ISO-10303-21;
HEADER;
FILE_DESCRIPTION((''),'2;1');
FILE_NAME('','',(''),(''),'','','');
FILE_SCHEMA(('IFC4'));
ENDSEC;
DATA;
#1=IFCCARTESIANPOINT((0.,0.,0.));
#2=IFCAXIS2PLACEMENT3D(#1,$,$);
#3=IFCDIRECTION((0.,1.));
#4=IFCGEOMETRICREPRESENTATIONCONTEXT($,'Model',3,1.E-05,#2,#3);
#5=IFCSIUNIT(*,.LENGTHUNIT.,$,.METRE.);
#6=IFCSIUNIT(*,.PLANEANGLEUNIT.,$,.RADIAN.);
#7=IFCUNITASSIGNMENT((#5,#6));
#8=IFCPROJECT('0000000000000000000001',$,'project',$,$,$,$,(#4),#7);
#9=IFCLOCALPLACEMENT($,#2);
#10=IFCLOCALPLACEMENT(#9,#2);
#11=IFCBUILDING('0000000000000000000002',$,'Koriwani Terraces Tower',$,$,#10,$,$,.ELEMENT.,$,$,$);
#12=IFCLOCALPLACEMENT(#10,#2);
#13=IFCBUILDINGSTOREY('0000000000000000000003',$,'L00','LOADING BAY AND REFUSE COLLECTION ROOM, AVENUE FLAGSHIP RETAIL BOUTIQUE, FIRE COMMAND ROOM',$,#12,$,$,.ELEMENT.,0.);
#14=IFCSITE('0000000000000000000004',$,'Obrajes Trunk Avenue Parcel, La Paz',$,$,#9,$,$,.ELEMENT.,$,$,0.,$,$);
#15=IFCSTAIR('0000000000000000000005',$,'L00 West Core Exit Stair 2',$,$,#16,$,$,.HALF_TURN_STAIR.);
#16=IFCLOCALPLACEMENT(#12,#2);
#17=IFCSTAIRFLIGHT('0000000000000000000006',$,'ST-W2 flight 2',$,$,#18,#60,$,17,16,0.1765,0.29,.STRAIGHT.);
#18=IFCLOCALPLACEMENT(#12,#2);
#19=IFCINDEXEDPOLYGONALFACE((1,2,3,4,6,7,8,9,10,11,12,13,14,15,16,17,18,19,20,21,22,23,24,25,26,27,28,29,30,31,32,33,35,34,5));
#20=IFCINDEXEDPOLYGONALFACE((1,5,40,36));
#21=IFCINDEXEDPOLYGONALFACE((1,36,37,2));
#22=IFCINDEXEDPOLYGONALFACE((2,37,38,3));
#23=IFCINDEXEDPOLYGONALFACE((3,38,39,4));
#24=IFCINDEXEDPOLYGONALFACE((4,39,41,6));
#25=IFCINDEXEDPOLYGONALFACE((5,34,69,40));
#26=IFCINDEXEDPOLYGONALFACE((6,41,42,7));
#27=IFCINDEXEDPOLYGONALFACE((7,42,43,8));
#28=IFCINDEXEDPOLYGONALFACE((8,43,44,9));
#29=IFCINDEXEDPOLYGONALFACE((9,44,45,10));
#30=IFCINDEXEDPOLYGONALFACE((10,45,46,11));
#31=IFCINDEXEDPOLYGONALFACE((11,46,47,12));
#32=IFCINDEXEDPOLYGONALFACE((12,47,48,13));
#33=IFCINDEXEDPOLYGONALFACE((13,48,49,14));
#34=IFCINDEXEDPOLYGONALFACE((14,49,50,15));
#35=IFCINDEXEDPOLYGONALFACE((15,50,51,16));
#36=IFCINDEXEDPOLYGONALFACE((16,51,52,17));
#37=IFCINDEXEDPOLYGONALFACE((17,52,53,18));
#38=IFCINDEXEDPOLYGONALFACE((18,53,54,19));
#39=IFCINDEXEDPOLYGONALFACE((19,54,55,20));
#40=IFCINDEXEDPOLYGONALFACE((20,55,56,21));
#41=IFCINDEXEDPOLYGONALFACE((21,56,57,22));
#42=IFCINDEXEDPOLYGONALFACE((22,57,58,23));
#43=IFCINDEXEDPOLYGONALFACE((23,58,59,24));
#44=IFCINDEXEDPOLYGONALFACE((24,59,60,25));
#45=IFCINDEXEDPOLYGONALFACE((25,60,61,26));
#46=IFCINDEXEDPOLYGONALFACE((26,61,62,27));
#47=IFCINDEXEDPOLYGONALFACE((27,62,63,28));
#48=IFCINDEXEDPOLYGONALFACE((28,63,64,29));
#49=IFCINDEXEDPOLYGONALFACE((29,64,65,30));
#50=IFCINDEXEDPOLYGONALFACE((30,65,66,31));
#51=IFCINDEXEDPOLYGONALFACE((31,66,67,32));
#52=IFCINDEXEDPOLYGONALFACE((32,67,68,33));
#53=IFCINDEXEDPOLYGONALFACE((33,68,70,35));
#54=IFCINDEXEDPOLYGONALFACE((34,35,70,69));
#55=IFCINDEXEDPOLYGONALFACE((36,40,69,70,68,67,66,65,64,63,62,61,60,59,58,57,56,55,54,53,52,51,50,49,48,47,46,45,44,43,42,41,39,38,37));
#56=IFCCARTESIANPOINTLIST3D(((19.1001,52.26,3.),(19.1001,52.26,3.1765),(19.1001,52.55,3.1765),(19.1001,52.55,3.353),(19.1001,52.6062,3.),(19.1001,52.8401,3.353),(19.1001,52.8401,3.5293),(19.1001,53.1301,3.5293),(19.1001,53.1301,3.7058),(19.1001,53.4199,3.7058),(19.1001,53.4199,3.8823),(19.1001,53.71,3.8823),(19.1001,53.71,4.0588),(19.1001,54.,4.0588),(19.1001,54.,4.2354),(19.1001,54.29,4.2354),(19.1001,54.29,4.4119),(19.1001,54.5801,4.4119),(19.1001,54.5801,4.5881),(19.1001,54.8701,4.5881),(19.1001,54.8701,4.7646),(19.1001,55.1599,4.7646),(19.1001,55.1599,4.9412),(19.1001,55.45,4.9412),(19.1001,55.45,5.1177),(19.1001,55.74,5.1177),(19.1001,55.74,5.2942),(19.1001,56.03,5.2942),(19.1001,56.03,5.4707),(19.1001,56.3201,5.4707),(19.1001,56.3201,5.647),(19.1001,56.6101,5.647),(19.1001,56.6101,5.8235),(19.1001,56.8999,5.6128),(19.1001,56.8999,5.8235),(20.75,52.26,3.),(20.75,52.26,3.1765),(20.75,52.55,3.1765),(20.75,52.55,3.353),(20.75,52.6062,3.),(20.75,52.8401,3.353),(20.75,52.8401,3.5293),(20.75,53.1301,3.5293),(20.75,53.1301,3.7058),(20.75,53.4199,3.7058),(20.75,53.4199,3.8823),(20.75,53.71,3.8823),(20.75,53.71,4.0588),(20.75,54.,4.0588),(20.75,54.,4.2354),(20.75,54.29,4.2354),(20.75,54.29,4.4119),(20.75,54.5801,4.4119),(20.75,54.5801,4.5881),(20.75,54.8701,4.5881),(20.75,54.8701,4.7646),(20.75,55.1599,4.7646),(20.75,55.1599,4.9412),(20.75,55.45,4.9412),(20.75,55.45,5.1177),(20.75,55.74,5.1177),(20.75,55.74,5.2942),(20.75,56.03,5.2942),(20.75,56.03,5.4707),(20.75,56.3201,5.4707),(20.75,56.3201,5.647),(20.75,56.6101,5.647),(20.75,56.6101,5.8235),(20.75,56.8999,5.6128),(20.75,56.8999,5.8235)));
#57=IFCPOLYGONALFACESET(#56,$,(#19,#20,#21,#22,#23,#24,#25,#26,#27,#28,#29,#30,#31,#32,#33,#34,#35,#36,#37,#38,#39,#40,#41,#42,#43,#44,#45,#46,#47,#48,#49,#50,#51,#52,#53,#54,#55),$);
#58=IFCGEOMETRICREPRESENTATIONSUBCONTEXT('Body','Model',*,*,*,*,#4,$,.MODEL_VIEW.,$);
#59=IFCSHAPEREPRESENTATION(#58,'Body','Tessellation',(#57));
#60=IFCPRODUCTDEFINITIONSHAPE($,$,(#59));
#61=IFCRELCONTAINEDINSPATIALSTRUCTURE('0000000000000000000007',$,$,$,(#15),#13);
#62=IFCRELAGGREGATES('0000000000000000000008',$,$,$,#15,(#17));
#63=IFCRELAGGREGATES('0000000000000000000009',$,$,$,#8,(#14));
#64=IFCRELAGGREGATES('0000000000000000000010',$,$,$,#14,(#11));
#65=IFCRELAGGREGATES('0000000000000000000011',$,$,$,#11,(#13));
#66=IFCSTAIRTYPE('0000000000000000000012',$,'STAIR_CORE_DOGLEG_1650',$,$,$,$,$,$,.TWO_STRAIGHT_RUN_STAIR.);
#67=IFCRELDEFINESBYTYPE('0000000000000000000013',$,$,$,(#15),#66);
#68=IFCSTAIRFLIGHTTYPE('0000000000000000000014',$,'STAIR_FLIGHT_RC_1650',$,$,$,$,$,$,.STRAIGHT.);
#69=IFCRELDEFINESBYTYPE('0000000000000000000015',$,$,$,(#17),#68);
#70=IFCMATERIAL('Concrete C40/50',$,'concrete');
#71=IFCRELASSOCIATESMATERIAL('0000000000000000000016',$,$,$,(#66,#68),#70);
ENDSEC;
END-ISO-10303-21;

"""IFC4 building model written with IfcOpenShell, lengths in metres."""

from ifc_helpers import new_model, si_unit, direction, frame, origin, place, context, subcontext, project, spatial, polyline, outline, extrude, material, type_object, element, aggregate, save


model = new_model("IFC4")

# Units and contexts
model_context = context("Model", 3, precision=1e-05, world=origin(), true_north=direction((0.0, 1.0)))
body_context = subcontext(model_context, "Body", "Model", "MODEL_VIEW")
ifc_project = project(units=[si_unit("LENGTHUNIT", "METRE"), si_unit("PLANEANGLEUNIT", "RADIAN")], contexts=[model_context])

# Site, building, storey
site_placement = place(None, origin())
site = spatial("IfcSite", under=ifc_project, at=site_placement, Name="Obrajes Trunk Avenue Parcel, La Paz", CompositionType="ELEMENT", RefElevation=0.0)
building_placement = place(site_placement, origin())
building = spatial("IfcBuilding", under=site, at=building_placement, Name="Koriwani Terraces Tower", CompositionType="ELEMENT")
storey_placement = place(building_placement, origin())
storey = spatial("IfcBuildingStorey", under=building, at=storey_placement, Name="L00", Description="LOADING BAY AND REFUSE COLLECTION ROOM, AVENUE FLAGSHIP RETAIL BOUTIQUE, FIRE COMMAND ROOM", CompositionType="ELEMENT", Elevation=0.0)

# Shared definitions
ifc_material_1 = material(Name="Concrete C40/50", Category="concrete")

# Stair, stair flight
stair_type = type_object("IfcStairType", Name="STAIR_CORE_DOGLEG_1650", PredefinedType="TWO_STRAIGHT_RUN_STAIR", material=ifc_material_1)
stair_flight_type = type_object("IfcStairFlightType", Name="STAIR_FLIGHT_RC_1650", PredefinedType="STRAIGHT", material=ifc_material_1)
stair_1_placement = place(storey_placement, origin())
stair_1 = element("IfcStair", 1, at=stair_1_placement, inside=storey, type_object=stair_type, Name="L00 West Core Exit Stair 2", PredefinedType="HALF_TURN_STAIR")
stair_flight_1_placement = place(storey_placement, frame((19.925, 52.26, 3.0), z_axis=(0.0, 0.0, 1.0), x_axis=(0.0, 1.0, 0.0)))
stair_flight_1 = element("IfcStairFlight", 2, at=stair_flight_1_placement, type_object=stair_flight_type, Name="ST-W2 flight 2", NumberOfRisers=17, NumberOfTreads=16, PredefinedType="STRAIGHT", RiserHeight=0.1765, TreadLength=0.29, context=body_context, shape_type="SweptSolid", body=[
    extrude(outline(polyline([(0.0, 0.0), (0.0, 0.1765), (0.29, 0.1765), (0.29, 0.353), (0.5801, 0.353), (0.5801, 0.5293), (0.8701, 0.5293), (0.8701, 0.7058), (1.1599, 0.7058), (1.1599, 0.8823), (1.45, 0.8823), (1.45, 1.0588), (1.74, 1.0588), (1.74, 1.2354), (2.03, 1.2354), (2.03, 1.4119), (2.3201, 1.4119), (2.3201, 1.5881), (2.6101, 1.5881), (2.6101, 1.7646), (2.8999, 1.7646), (2.8999, 1.9412), (3.1899, 1.9412), (3.1899, 2.1177), (3.48, 2.1177), (3.48, 2.2942), (3.77, 2.2942), (3.77, 2.4707), (4.0601, 2.4707), (4.0601, 2.647), (4.3501, 2.647), (4.3501, 2.8235), (4.6399, 2.8235), (4.6399, 3.0), (4.6399, 2.6128), (0.3462, 0.0), (0.0, 0.0)])), frame((0.0, 0.825, 0.0), z_axis=(0.0, -1.0, 0.0), x_axis=(1.0, 0.0, 0.0)), (0.0, 0.0, 1.0), 1.6499),
])
aggregate(stair_1, [stair_flight_1])

save(model, "model.ifc")
